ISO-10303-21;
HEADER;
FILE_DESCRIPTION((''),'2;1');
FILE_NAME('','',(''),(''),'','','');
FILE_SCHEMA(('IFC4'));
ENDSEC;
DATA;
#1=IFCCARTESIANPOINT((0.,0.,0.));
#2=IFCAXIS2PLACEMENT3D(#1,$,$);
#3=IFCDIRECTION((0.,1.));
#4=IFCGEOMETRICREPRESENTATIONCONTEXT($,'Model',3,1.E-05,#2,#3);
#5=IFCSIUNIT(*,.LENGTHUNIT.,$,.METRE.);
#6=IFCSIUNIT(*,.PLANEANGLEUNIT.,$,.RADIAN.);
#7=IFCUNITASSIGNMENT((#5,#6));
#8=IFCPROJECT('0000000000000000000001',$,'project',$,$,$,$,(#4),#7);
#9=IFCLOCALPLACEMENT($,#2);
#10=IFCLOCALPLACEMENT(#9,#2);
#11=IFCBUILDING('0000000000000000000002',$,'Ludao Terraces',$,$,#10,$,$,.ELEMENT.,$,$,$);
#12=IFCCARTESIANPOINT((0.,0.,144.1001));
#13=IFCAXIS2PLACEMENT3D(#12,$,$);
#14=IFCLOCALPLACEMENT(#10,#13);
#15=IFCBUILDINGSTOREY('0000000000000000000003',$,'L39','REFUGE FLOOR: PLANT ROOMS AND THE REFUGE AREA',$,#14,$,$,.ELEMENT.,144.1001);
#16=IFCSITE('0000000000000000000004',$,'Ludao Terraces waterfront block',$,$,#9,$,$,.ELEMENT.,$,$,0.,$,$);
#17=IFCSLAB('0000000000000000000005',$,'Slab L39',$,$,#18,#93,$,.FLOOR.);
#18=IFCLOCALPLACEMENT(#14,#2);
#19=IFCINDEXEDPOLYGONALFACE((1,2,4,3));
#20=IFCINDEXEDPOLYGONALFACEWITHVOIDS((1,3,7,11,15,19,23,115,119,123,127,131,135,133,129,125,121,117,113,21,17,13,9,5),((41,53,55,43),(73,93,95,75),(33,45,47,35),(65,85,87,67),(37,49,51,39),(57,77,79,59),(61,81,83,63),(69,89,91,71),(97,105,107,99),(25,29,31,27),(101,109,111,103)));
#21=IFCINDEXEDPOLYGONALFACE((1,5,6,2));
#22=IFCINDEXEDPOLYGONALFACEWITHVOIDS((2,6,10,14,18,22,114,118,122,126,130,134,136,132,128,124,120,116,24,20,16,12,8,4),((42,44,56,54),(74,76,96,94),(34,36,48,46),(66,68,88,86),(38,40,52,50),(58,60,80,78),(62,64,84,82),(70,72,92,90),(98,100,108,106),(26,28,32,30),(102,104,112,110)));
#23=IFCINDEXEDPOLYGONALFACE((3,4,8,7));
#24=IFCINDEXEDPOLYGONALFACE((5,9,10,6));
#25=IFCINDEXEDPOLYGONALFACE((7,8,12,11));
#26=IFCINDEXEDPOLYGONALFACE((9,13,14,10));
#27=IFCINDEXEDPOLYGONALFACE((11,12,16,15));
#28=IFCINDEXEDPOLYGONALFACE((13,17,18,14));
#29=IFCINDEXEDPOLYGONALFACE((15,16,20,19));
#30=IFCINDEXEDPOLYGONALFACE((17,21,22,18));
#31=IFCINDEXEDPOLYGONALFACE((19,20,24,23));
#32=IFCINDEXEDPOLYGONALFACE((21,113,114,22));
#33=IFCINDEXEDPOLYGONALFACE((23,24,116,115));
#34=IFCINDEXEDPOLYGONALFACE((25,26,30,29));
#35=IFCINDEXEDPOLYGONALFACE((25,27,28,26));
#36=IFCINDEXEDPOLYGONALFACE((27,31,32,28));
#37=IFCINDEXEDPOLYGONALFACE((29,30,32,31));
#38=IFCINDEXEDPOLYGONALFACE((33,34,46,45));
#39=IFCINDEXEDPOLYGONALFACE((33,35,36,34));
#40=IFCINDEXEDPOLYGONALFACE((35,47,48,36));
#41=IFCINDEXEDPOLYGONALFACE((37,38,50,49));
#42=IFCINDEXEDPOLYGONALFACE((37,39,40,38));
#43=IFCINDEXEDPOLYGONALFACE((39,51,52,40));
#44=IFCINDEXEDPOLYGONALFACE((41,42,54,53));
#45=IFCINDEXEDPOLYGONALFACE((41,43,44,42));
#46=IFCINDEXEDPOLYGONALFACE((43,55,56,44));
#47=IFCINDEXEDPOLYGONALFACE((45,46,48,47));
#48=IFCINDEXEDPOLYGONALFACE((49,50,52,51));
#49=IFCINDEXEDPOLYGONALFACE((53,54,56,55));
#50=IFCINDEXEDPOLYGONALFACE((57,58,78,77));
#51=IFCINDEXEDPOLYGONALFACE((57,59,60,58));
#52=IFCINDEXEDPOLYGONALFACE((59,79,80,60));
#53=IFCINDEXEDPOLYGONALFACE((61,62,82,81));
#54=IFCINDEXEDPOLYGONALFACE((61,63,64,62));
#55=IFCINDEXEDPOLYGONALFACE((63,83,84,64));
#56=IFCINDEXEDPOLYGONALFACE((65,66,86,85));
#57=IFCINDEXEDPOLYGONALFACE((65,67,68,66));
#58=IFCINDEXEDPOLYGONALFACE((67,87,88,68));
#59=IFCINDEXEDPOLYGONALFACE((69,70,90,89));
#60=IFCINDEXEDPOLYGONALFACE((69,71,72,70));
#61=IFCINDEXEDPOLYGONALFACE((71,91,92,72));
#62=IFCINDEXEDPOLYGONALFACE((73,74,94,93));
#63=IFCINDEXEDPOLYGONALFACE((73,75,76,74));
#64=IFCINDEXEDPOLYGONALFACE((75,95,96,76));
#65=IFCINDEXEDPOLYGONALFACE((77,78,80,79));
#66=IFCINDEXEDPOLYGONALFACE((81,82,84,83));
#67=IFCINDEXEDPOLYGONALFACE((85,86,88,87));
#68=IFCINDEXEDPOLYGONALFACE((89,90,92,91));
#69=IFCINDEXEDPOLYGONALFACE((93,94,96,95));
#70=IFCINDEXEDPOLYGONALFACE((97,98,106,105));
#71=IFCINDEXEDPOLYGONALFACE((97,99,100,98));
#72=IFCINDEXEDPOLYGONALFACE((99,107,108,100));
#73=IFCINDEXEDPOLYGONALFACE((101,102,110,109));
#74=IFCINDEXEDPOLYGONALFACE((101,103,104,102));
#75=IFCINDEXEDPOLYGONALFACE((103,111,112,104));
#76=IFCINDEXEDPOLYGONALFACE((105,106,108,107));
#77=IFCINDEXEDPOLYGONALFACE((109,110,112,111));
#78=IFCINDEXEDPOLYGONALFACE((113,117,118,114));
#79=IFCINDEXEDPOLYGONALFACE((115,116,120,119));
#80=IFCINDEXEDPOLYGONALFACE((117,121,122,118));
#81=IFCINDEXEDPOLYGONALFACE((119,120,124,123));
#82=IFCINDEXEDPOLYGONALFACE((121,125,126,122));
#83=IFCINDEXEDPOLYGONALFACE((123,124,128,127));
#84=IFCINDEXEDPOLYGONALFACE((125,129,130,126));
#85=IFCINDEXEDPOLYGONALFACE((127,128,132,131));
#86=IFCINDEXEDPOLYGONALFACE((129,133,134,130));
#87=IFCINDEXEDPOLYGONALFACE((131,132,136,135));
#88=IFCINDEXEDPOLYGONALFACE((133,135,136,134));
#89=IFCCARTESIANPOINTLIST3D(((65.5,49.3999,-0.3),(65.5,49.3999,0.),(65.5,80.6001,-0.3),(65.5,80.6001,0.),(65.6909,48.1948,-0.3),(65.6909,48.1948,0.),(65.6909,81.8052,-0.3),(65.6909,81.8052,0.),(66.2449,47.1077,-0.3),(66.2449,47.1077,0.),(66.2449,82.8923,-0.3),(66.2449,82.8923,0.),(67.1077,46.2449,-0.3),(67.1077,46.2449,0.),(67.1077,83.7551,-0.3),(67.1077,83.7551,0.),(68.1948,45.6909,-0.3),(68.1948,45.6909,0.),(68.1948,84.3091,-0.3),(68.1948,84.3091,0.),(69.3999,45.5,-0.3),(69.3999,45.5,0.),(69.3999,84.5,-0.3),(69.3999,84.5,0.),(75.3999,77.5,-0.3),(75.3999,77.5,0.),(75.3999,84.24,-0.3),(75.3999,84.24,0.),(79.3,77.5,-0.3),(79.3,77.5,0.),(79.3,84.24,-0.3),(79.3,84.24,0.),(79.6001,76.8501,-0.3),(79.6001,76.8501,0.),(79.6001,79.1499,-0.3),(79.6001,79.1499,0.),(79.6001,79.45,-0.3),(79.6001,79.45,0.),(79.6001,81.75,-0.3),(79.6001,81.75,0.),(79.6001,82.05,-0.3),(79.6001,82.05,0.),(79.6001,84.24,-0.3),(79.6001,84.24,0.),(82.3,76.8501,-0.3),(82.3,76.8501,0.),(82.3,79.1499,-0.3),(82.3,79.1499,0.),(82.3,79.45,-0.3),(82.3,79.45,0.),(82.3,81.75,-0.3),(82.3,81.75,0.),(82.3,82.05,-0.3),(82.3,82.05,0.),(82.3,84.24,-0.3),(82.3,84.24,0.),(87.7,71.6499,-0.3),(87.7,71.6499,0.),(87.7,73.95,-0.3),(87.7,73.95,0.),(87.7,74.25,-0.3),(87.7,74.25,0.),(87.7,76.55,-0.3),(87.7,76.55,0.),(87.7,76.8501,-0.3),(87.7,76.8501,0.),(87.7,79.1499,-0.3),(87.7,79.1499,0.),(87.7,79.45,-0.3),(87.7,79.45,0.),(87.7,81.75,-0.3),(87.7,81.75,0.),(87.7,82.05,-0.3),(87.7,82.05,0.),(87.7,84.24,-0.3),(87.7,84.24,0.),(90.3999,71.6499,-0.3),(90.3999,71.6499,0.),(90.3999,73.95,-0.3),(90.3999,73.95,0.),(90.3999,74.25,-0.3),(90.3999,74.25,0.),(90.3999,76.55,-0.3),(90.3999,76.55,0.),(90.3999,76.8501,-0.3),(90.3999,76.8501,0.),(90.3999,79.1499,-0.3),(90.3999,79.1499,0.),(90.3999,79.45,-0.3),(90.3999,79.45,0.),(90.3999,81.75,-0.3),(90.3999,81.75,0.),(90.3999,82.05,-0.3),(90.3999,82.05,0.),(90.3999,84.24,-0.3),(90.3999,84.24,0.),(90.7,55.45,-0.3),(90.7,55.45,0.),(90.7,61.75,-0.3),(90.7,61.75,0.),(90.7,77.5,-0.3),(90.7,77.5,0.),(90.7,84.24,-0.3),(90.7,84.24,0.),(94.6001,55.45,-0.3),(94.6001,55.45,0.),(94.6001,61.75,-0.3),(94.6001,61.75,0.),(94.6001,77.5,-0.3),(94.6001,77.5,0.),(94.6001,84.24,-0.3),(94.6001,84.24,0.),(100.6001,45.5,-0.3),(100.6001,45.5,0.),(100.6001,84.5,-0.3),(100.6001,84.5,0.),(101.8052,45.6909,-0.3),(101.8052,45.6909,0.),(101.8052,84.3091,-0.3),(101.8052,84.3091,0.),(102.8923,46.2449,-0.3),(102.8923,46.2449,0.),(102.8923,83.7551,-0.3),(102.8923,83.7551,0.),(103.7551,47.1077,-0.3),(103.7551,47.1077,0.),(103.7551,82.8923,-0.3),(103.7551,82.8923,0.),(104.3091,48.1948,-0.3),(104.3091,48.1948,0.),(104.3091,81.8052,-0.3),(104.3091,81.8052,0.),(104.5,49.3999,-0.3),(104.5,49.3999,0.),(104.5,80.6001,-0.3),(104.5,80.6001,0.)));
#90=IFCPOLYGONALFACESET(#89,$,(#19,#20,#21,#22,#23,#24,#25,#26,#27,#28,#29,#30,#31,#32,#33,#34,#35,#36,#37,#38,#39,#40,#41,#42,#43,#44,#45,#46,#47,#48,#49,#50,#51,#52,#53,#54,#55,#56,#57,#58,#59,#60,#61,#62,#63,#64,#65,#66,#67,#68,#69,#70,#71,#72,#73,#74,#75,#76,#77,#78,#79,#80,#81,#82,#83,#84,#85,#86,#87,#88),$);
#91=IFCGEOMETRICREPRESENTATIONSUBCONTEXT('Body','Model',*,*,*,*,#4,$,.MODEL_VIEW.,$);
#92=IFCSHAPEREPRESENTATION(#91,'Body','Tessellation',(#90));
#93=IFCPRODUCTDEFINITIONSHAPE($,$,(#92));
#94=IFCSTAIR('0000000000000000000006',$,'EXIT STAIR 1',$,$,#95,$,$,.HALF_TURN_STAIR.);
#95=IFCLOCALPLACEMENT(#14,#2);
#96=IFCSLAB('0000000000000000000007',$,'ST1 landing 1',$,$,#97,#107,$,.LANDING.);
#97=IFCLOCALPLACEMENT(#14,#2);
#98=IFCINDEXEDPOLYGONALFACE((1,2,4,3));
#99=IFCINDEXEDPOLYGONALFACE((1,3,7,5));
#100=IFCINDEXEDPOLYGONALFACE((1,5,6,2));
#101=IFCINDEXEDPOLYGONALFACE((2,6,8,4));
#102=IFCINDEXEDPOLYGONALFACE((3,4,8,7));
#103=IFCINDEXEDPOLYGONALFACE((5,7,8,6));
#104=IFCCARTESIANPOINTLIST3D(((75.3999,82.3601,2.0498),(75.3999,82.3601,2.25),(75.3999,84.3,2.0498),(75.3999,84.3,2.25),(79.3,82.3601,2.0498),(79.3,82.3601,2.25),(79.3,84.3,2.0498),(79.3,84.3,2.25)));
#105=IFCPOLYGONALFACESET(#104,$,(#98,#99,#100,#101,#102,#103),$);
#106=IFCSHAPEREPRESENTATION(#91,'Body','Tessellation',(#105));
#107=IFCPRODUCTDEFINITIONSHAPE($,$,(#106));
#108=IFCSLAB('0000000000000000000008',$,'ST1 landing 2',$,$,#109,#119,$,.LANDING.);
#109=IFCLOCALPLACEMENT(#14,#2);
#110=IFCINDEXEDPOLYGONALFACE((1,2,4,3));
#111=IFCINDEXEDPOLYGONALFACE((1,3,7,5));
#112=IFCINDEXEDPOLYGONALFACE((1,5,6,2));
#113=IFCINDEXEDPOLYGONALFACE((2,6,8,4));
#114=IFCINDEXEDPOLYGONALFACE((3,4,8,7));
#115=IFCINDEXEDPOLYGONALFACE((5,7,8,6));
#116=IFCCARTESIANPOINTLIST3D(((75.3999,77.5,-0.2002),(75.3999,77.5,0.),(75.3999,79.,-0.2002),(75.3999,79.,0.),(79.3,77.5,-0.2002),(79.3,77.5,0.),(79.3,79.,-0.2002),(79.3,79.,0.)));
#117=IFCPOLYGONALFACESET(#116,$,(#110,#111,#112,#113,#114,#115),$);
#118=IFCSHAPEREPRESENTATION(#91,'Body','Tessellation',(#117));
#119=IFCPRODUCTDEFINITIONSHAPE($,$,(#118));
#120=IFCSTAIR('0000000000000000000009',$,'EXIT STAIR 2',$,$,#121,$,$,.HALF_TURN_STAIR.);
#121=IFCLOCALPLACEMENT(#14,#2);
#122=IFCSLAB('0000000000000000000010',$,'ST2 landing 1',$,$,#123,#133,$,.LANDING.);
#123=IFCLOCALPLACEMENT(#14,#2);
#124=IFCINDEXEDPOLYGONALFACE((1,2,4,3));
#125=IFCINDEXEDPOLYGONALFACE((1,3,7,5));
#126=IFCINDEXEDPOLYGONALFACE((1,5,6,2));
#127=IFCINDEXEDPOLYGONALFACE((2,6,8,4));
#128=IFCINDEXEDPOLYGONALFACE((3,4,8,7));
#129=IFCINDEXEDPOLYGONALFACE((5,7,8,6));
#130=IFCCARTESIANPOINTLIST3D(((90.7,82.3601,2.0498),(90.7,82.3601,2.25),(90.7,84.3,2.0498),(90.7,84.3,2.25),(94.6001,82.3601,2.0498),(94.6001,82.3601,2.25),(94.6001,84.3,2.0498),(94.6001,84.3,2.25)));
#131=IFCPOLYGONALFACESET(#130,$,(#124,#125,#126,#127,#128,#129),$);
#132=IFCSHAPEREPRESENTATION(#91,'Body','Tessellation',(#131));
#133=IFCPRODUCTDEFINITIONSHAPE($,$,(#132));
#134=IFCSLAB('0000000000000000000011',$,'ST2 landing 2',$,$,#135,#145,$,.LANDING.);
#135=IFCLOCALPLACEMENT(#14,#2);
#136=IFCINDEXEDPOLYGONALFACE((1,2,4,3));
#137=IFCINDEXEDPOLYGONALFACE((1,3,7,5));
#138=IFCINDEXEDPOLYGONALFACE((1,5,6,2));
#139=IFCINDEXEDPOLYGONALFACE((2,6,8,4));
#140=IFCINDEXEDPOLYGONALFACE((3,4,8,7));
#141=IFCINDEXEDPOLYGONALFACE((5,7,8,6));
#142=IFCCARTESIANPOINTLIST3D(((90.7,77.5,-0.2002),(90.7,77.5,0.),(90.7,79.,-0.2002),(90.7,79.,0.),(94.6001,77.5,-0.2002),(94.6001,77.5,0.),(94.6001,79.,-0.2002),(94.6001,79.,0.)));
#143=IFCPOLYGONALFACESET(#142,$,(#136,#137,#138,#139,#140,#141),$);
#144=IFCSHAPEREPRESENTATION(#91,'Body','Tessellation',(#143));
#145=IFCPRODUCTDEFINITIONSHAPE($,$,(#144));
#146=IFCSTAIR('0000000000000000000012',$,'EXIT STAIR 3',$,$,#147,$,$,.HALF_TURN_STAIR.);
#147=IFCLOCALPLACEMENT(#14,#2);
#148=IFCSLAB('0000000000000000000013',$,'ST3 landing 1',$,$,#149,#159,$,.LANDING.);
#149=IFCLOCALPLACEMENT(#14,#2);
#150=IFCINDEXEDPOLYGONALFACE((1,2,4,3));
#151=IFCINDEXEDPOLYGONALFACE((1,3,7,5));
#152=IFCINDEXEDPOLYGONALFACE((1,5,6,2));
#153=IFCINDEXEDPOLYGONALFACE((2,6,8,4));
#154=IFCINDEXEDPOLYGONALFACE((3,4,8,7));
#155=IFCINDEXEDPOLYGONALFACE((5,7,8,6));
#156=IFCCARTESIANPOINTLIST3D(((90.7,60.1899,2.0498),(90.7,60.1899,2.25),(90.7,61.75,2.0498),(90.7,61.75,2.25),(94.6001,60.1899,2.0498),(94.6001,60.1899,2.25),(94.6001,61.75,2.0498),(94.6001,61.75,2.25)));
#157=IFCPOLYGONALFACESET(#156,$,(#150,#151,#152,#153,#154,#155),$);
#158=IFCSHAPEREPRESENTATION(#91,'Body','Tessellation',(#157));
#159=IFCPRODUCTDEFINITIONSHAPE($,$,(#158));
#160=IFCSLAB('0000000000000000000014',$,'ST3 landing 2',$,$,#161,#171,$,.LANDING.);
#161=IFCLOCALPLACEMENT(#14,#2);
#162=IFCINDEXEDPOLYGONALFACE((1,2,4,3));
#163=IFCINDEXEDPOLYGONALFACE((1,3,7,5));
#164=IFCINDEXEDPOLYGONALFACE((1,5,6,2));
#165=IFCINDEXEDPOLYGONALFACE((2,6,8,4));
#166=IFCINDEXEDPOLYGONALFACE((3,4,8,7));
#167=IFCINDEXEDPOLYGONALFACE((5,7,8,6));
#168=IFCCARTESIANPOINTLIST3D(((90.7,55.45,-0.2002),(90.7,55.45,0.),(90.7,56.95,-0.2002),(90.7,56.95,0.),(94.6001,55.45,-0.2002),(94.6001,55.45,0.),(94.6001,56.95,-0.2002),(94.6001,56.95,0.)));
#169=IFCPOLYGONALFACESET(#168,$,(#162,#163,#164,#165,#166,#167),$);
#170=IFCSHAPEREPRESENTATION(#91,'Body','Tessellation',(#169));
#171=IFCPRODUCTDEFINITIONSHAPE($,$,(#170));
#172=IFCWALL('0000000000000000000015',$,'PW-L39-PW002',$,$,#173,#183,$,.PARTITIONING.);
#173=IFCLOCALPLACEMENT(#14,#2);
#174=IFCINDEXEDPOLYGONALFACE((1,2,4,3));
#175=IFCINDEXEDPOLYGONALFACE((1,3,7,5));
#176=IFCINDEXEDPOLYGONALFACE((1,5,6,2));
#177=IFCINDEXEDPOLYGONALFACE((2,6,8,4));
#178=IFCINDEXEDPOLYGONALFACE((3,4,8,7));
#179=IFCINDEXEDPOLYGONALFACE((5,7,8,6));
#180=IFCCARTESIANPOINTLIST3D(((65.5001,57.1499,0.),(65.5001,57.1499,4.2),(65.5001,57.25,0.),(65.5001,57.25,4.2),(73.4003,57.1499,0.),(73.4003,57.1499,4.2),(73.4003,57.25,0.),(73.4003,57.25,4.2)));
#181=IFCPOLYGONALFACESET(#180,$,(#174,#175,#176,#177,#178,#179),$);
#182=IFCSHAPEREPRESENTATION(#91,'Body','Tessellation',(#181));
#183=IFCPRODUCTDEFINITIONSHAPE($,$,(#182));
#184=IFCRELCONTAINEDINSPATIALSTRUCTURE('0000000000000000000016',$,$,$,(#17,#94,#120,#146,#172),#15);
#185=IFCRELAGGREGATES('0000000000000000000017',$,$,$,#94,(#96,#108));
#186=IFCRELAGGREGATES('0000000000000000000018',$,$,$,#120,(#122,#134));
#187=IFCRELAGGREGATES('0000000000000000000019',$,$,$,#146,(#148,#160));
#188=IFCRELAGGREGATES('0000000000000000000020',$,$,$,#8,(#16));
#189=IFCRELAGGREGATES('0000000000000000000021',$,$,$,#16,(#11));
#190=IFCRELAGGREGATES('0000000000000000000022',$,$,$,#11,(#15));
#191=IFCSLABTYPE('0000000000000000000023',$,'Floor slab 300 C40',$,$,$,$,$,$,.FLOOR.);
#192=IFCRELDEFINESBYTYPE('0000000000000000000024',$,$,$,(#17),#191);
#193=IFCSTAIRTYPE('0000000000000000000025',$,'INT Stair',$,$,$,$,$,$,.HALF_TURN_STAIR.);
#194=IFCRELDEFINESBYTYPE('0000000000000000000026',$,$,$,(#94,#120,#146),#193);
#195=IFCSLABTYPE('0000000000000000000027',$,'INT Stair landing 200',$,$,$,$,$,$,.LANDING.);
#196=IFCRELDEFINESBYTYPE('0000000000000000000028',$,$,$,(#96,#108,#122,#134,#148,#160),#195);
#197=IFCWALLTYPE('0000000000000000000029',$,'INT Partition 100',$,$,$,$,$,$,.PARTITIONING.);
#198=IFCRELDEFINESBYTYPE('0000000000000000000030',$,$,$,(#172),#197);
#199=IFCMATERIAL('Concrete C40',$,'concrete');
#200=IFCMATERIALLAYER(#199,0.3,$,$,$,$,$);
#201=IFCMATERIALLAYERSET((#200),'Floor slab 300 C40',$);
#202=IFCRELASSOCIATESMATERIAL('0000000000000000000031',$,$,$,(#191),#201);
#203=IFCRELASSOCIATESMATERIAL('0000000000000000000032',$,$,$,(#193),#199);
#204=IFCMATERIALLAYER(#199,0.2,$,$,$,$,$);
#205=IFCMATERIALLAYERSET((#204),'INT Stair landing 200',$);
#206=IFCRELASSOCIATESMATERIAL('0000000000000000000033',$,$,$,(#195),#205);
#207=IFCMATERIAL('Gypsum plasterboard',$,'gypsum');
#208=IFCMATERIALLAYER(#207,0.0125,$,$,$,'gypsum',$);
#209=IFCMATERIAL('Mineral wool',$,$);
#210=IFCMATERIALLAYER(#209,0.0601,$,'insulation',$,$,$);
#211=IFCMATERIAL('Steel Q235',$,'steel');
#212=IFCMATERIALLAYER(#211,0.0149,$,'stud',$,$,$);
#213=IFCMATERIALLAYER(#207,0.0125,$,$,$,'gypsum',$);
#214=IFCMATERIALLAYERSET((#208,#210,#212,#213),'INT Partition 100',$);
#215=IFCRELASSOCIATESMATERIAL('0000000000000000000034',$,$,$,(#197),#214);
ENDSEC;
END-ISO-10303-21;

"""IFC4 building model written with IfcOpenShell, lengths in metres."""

from ifc_helpers import new_model, si_unit, direction, frame, frame_2d, origin, place, context, subcontext, project, spatial, polyline, rectangle, outline, extrude, material, layer, layer_set, type_object, element, aggregate, save


model = new_model("IFC4")

# Units and contexts
model_context = context("Model", 3, precision=1e-05, world=origin(), true_north=direction((0.0, 1.0)))
body_context = subcontext(model_context, "Body", "Model", "MODEL_VIEW")
ifc_project = project(units=[si_unit("LENGTHUNIT", "METRE"), si_unit("PLANEANGLEUNIT", "RADIAN")], contexts=[model_context])

# Site, building, storey
site_placement = place(None, origin())
site = spatial("IfcSite", under=ifc_project, at=site_placement, Name="Ludao Terraces waterfront block", CompositionType="ELEMENT", RefElevation=0.0)
building_placement = place(site_placement, origin())
building = spatial("IfcBuilding", under=site, at=building_placement, Name="Ludao Terraces", CompositionType="ELEMENT")
storey_placement = place(building_placement, frame((0.0, 0.0, 144.1001)))
storey = spatial("IfcBuildingStorey", under=building, at=storey_placement, Name="L39", Description="REFUGE FLOOR: PLANT ROOMS AND THE REFUGE AREA", CompositionType="ELEMENT", Elevation=144.1001)

# Slab
ifc_material_1 = material(Name="Concrete C40", Category="concrete")
ifc_layer_1 = layer(ifc_material_1, 0.3)
ifc_layer_set_1 = layer_set([ifc_layer_1], Name="Floor slab 300 C40")
slab_type_1 = type_object("IfcSlabType", Name="Floor slab 300 C40", PredefinedType="FLOOR", material=ifc_layer_set_1)
slab_1_placement = place(storey_placement, frame((0.0, 0.0, -0.3)))
element("IfcSlab", 1, at=slab_1_placement, inside=storey, type_object=slab_type_1, Name="Slab L39", PredefinedType="FLOOR", context=body_context, shape_type="SweptSolid", body=[
    extrude(outline(polyline([(100.6001, 45.5), (101.8052, 45.6909), (102.8923, 46.2449), (103.7551, 47.1077), (104.3091, 48.1948), (104.5, 49.3999), (104.5, 80.6001), (104.3091, 81.8052), (103.7551, 82.8923), (102.8923, 83.7551), (101.8052, 84.3091), (100.6001, 84.5), (69.3999, 84.5), (68.1948, 84.3091), (67.1077, 83.7551), (66.2449, 82.8923), (65.6909, 81.8052), (65.5, 80.6001), (65.5, 49.3999), (65.6909, 48.1948), (66.2449, 47.1077), (67.1077, 46.2449), (68.1948, 45.6909), (69.3999, 45.5), (100.6001, 45.5)]), holes=[polyline([(79.6001, 76.8501), (82.3, 76.8501), (82.3, 79.1499), (79.6001, 79.1499), (79.6001, 76.8501)]), polyline([(79.6001, 79.45), (82.3, 79.45), (82.3, 81.75), (79.6001, 81.75), (79.6001, 79.45)]), polyline([(79.6001, 82.05), (82.3, 82.05), (82.3, 84.24), (79.6001, 84.24), (79.6001, 82.05)]), polyline([(87.7, 71.6499), (90.3999, 71.6499), (90.3999, 73.95), (87.7, 73.95), (87.7, 71.6499)]), polyline([(87.7, 74.25), (90.3999, 74.25), (90.3999, 76.55), (87.7, 76.55), (87.7, 74.25)]), polyline([(87.7, 76.8501), (90.3999, 76.8501), (90.3999, 79.1499), (87.7, 79.1499), (87.7, 76.8501)]), polyline([(87.7, 79.45), (90.3999, 79.45), (90.3999, 81.75), (87.7, 81.75), (87.7, 79.45)]), polyline([(87.7, 82.05), (90.3999, 82.05), (90.3999, 84.24), (87.7, 84.24), (87.7, 82.05)]), polyline([(75.3999, 77.5), (79.3, 77.5), (79.3, 84.24), (75.3999, 84.24), (75.3999, 77.5)]), polyline([(90.7, 77.5), (94.6001, 77.5), (94.6001, 84.24), (90.7, 84.24), (90.7, 77.5)]), polyline([(90.7, 55.45), (94.6001, 55.45), (94.6001, 61.75), (90.7, 61.75), (90.7, 55.45)])]), origin(), (0.0, 0.0, 1.0), 0.3),
])

# Stairs, slabs
stair_type = type_object("IfcStairType", Name="INT Stair", PredefinedType="HALF_TURN_STAIR", material=ifc_material_1)
stair_1_placement = place(storey_placement, origin())
stair_1 = element("IfcStair", 2, at=stair_1_placement, inside=storey, type_object=stair_type, Name="EXIT STAIR 1", PredefinedType="HALF_TURN_STAIR")
ifc_layer_2 = layer(ifc_material_1, 0.2)
ifc_layer_set_2 = layer_set([ifc_layer_2], Name="INT Stair landing 200")
slab_type_2 = type_object("IfcSlabType", Name="INT Stair landing 200", PredefinedType="LANDING", material=ifc_layer_set_2)
slab_2_placement = place(storey_placement, frame((0.0, 0.0, 2.0498)))
slab_2 = element("IfcSlab", 3, at=slab_2_placement, type_object=slab_type_2, Name="ST1 landing 1", PredefinedType="LANDING", context=body_context, shape_type="SweptSolid", body=[
    extrude(outline(polyline([(75.3999, 82.3601), (79.3, 82.3601), (79.3, 84.3), (75.3999, 84.3), (75.3999, 82.3601)])), origin(), (0.0, 0.0, 1.0), 0.2002),
])
slab_3_placement = place(storey_placement, frame((0.0, 0.0, -0.2002)))
slab_3 = element("IfcSlab", 4, at=slab_3_placement, type_object=slab_type_2, Name="ST1 landing 2", PredefinedType="LANDING", context=body_context, shape_type="SweptSolid", body=[
    extrude(outline(polyline([(75.3999, 77.5), (79.3, 77.5), (79.3, 79.0), (75.3999, 79.0), (75.3999, 77.5)])), origin(), (0.0, 0.0, 1.0), 0.2002),
])
aggregate(stair_1, [slab_2, slab_3])
stair_2_placement = place(storey_placement, origin())
stair_2 = element("IfcStair", 5, at=stair_2_placement, inside=storey, type_object=stair_type, Name="EXIT STAIR 2", PredefinedType="HALF_TURN_STAIR")
slab_4_placement = place(storey_placement, frame((0.0, 0.0, 2.0498)))
slab_4 = element("IfcSlab", 6, at=slab_4_placement, type_object=slab_type_2, Name="ST2 landing 1", PredefinedType="LANDING", context=body_context, shape_type="SweptSolid", body=[
    extrude(outline(polyline([(90.7, 82.3601), (94.6001, 82.3601), (94.6001, 84.3), (90.7, 84.3), (90.7, 82.3601)])), origin(), (0.0, 0.0, 1.0), 0.2002),
])
slab_5_placement = place(storey_placement, frame((0.0, 0.0, -0.2002)))
slab_5 = element("IfcSlab", 7, at=slab_5_placement, type_object=slab_type_2, Name="ST2 landing 2", PredefinedType="LANDING", context=body_context, shape_type="SweptSolid", body=[
    extrude(outline(polyline([(90.7, 77.5), (94.6001, 77.5), (94.6001, 79.0), (90.7, 79.0), (90.7, 77.5)])), origin(), (0.0, 0.0, 1.0), 0.2002),
])
aggregate(stair_2, [slab_4, slab_5])
stair_3_placement = place(storey_placement, origin())
stair_3 = element("IfcStair", 8, at=stair_3_placement, inside=storey, type_object=stair_type, Name="EXIT STAIR 3", PredefinedType="HALF_TURN_STAIR")
slab_6_placement = place(storey_placement, frame((0.0, 0.0, 2.0498)))
slab_6 = element("IfcSlab", 9, at=slab_6_placement, type_object=slab_type_2, Name="ST3 landing 1", PredefinedType="LANDING", context=body_context, shape_type="SweptSolid", body=[
    extrude(outline(polyline([(90.7, 60.1899), (94.6001, 60.1899), (94.6001, 61.75), (90.7, 61.75), (90.7, 60.1899)])), origin(), (0.0, 0.0, 1.0), 0.2002),
])
slab_7_placement = place(storey_placement, frame((0.0, 0.0, -0.2002)))
slab_7 = element("IfcSlab", 10, at=slab_7_placement, type_object=slab_type_2, Name="ST3 landing 2", PredefinedType="LANDING", context=body_context, shape_type="SweptSolid", body=[
    extrude(outline(polyline([(90.7, 55.45), (94.6001, 55.45), (94.6001, 56.95), (90.7, 56.95), (90.7, 55.45)])), origin(), (0.0, 0.0, 1.0), 0.2002),
])
aggregate(stair_3, [slab_6, slab_7])

# Wall
ifc_material_2 = material(Name="Gypsum plasterboard", Category="gypsum")
ifc_layer_3 = layer(ifc_material_2, 0.0125, Category="gypsum")
ifc_material_3 = material(Name="Mineral wool")
ifc_layer_4 = layer(ifc_material_3, 0.0601, Name="insulation")
ifc_material_4 = material(Name="Steel Q235", Category="steel")
ifc_layer_5 = layer(ifc_material_4, 0.0149, Name="stud")
ifc_layer_6 = layer(ifc_material_2, 0.0125, Category="gypsum")
ifc_layer_set_3 = layer_set([ifc_layer_3, ifc_layer_4, ifc_layer_5, ifc_layer_6], Name="INT Partition 100")
wall_type = type_object("IfcWallType", Name="INT Partition 100", PredefinedType="PARTITIONING", material=ifc_layer_set_3)
wall_placement = place(storey_placement, frame((65.5, 57.2, 0.0), z_axis=(0.0, 0.0, 1.0), x_axis=(1.0, 0.0, 0.0)))
element("IfcWall", 11, at=wall_placement, inside=storey, type_object=wall_type, Name="PW-L39-PW002", PredefinedType="PARTITIONING", context=body_context, shape_type="SweptSolid", body=[
    extrude(rectangle(XDim=7.9001, YDim=0.1001, at=frame_2d((3.9502, 0.0))), origin(), (0.0, 0.0, 1.0), 4.2),
])

save(model, "model.ifc")
